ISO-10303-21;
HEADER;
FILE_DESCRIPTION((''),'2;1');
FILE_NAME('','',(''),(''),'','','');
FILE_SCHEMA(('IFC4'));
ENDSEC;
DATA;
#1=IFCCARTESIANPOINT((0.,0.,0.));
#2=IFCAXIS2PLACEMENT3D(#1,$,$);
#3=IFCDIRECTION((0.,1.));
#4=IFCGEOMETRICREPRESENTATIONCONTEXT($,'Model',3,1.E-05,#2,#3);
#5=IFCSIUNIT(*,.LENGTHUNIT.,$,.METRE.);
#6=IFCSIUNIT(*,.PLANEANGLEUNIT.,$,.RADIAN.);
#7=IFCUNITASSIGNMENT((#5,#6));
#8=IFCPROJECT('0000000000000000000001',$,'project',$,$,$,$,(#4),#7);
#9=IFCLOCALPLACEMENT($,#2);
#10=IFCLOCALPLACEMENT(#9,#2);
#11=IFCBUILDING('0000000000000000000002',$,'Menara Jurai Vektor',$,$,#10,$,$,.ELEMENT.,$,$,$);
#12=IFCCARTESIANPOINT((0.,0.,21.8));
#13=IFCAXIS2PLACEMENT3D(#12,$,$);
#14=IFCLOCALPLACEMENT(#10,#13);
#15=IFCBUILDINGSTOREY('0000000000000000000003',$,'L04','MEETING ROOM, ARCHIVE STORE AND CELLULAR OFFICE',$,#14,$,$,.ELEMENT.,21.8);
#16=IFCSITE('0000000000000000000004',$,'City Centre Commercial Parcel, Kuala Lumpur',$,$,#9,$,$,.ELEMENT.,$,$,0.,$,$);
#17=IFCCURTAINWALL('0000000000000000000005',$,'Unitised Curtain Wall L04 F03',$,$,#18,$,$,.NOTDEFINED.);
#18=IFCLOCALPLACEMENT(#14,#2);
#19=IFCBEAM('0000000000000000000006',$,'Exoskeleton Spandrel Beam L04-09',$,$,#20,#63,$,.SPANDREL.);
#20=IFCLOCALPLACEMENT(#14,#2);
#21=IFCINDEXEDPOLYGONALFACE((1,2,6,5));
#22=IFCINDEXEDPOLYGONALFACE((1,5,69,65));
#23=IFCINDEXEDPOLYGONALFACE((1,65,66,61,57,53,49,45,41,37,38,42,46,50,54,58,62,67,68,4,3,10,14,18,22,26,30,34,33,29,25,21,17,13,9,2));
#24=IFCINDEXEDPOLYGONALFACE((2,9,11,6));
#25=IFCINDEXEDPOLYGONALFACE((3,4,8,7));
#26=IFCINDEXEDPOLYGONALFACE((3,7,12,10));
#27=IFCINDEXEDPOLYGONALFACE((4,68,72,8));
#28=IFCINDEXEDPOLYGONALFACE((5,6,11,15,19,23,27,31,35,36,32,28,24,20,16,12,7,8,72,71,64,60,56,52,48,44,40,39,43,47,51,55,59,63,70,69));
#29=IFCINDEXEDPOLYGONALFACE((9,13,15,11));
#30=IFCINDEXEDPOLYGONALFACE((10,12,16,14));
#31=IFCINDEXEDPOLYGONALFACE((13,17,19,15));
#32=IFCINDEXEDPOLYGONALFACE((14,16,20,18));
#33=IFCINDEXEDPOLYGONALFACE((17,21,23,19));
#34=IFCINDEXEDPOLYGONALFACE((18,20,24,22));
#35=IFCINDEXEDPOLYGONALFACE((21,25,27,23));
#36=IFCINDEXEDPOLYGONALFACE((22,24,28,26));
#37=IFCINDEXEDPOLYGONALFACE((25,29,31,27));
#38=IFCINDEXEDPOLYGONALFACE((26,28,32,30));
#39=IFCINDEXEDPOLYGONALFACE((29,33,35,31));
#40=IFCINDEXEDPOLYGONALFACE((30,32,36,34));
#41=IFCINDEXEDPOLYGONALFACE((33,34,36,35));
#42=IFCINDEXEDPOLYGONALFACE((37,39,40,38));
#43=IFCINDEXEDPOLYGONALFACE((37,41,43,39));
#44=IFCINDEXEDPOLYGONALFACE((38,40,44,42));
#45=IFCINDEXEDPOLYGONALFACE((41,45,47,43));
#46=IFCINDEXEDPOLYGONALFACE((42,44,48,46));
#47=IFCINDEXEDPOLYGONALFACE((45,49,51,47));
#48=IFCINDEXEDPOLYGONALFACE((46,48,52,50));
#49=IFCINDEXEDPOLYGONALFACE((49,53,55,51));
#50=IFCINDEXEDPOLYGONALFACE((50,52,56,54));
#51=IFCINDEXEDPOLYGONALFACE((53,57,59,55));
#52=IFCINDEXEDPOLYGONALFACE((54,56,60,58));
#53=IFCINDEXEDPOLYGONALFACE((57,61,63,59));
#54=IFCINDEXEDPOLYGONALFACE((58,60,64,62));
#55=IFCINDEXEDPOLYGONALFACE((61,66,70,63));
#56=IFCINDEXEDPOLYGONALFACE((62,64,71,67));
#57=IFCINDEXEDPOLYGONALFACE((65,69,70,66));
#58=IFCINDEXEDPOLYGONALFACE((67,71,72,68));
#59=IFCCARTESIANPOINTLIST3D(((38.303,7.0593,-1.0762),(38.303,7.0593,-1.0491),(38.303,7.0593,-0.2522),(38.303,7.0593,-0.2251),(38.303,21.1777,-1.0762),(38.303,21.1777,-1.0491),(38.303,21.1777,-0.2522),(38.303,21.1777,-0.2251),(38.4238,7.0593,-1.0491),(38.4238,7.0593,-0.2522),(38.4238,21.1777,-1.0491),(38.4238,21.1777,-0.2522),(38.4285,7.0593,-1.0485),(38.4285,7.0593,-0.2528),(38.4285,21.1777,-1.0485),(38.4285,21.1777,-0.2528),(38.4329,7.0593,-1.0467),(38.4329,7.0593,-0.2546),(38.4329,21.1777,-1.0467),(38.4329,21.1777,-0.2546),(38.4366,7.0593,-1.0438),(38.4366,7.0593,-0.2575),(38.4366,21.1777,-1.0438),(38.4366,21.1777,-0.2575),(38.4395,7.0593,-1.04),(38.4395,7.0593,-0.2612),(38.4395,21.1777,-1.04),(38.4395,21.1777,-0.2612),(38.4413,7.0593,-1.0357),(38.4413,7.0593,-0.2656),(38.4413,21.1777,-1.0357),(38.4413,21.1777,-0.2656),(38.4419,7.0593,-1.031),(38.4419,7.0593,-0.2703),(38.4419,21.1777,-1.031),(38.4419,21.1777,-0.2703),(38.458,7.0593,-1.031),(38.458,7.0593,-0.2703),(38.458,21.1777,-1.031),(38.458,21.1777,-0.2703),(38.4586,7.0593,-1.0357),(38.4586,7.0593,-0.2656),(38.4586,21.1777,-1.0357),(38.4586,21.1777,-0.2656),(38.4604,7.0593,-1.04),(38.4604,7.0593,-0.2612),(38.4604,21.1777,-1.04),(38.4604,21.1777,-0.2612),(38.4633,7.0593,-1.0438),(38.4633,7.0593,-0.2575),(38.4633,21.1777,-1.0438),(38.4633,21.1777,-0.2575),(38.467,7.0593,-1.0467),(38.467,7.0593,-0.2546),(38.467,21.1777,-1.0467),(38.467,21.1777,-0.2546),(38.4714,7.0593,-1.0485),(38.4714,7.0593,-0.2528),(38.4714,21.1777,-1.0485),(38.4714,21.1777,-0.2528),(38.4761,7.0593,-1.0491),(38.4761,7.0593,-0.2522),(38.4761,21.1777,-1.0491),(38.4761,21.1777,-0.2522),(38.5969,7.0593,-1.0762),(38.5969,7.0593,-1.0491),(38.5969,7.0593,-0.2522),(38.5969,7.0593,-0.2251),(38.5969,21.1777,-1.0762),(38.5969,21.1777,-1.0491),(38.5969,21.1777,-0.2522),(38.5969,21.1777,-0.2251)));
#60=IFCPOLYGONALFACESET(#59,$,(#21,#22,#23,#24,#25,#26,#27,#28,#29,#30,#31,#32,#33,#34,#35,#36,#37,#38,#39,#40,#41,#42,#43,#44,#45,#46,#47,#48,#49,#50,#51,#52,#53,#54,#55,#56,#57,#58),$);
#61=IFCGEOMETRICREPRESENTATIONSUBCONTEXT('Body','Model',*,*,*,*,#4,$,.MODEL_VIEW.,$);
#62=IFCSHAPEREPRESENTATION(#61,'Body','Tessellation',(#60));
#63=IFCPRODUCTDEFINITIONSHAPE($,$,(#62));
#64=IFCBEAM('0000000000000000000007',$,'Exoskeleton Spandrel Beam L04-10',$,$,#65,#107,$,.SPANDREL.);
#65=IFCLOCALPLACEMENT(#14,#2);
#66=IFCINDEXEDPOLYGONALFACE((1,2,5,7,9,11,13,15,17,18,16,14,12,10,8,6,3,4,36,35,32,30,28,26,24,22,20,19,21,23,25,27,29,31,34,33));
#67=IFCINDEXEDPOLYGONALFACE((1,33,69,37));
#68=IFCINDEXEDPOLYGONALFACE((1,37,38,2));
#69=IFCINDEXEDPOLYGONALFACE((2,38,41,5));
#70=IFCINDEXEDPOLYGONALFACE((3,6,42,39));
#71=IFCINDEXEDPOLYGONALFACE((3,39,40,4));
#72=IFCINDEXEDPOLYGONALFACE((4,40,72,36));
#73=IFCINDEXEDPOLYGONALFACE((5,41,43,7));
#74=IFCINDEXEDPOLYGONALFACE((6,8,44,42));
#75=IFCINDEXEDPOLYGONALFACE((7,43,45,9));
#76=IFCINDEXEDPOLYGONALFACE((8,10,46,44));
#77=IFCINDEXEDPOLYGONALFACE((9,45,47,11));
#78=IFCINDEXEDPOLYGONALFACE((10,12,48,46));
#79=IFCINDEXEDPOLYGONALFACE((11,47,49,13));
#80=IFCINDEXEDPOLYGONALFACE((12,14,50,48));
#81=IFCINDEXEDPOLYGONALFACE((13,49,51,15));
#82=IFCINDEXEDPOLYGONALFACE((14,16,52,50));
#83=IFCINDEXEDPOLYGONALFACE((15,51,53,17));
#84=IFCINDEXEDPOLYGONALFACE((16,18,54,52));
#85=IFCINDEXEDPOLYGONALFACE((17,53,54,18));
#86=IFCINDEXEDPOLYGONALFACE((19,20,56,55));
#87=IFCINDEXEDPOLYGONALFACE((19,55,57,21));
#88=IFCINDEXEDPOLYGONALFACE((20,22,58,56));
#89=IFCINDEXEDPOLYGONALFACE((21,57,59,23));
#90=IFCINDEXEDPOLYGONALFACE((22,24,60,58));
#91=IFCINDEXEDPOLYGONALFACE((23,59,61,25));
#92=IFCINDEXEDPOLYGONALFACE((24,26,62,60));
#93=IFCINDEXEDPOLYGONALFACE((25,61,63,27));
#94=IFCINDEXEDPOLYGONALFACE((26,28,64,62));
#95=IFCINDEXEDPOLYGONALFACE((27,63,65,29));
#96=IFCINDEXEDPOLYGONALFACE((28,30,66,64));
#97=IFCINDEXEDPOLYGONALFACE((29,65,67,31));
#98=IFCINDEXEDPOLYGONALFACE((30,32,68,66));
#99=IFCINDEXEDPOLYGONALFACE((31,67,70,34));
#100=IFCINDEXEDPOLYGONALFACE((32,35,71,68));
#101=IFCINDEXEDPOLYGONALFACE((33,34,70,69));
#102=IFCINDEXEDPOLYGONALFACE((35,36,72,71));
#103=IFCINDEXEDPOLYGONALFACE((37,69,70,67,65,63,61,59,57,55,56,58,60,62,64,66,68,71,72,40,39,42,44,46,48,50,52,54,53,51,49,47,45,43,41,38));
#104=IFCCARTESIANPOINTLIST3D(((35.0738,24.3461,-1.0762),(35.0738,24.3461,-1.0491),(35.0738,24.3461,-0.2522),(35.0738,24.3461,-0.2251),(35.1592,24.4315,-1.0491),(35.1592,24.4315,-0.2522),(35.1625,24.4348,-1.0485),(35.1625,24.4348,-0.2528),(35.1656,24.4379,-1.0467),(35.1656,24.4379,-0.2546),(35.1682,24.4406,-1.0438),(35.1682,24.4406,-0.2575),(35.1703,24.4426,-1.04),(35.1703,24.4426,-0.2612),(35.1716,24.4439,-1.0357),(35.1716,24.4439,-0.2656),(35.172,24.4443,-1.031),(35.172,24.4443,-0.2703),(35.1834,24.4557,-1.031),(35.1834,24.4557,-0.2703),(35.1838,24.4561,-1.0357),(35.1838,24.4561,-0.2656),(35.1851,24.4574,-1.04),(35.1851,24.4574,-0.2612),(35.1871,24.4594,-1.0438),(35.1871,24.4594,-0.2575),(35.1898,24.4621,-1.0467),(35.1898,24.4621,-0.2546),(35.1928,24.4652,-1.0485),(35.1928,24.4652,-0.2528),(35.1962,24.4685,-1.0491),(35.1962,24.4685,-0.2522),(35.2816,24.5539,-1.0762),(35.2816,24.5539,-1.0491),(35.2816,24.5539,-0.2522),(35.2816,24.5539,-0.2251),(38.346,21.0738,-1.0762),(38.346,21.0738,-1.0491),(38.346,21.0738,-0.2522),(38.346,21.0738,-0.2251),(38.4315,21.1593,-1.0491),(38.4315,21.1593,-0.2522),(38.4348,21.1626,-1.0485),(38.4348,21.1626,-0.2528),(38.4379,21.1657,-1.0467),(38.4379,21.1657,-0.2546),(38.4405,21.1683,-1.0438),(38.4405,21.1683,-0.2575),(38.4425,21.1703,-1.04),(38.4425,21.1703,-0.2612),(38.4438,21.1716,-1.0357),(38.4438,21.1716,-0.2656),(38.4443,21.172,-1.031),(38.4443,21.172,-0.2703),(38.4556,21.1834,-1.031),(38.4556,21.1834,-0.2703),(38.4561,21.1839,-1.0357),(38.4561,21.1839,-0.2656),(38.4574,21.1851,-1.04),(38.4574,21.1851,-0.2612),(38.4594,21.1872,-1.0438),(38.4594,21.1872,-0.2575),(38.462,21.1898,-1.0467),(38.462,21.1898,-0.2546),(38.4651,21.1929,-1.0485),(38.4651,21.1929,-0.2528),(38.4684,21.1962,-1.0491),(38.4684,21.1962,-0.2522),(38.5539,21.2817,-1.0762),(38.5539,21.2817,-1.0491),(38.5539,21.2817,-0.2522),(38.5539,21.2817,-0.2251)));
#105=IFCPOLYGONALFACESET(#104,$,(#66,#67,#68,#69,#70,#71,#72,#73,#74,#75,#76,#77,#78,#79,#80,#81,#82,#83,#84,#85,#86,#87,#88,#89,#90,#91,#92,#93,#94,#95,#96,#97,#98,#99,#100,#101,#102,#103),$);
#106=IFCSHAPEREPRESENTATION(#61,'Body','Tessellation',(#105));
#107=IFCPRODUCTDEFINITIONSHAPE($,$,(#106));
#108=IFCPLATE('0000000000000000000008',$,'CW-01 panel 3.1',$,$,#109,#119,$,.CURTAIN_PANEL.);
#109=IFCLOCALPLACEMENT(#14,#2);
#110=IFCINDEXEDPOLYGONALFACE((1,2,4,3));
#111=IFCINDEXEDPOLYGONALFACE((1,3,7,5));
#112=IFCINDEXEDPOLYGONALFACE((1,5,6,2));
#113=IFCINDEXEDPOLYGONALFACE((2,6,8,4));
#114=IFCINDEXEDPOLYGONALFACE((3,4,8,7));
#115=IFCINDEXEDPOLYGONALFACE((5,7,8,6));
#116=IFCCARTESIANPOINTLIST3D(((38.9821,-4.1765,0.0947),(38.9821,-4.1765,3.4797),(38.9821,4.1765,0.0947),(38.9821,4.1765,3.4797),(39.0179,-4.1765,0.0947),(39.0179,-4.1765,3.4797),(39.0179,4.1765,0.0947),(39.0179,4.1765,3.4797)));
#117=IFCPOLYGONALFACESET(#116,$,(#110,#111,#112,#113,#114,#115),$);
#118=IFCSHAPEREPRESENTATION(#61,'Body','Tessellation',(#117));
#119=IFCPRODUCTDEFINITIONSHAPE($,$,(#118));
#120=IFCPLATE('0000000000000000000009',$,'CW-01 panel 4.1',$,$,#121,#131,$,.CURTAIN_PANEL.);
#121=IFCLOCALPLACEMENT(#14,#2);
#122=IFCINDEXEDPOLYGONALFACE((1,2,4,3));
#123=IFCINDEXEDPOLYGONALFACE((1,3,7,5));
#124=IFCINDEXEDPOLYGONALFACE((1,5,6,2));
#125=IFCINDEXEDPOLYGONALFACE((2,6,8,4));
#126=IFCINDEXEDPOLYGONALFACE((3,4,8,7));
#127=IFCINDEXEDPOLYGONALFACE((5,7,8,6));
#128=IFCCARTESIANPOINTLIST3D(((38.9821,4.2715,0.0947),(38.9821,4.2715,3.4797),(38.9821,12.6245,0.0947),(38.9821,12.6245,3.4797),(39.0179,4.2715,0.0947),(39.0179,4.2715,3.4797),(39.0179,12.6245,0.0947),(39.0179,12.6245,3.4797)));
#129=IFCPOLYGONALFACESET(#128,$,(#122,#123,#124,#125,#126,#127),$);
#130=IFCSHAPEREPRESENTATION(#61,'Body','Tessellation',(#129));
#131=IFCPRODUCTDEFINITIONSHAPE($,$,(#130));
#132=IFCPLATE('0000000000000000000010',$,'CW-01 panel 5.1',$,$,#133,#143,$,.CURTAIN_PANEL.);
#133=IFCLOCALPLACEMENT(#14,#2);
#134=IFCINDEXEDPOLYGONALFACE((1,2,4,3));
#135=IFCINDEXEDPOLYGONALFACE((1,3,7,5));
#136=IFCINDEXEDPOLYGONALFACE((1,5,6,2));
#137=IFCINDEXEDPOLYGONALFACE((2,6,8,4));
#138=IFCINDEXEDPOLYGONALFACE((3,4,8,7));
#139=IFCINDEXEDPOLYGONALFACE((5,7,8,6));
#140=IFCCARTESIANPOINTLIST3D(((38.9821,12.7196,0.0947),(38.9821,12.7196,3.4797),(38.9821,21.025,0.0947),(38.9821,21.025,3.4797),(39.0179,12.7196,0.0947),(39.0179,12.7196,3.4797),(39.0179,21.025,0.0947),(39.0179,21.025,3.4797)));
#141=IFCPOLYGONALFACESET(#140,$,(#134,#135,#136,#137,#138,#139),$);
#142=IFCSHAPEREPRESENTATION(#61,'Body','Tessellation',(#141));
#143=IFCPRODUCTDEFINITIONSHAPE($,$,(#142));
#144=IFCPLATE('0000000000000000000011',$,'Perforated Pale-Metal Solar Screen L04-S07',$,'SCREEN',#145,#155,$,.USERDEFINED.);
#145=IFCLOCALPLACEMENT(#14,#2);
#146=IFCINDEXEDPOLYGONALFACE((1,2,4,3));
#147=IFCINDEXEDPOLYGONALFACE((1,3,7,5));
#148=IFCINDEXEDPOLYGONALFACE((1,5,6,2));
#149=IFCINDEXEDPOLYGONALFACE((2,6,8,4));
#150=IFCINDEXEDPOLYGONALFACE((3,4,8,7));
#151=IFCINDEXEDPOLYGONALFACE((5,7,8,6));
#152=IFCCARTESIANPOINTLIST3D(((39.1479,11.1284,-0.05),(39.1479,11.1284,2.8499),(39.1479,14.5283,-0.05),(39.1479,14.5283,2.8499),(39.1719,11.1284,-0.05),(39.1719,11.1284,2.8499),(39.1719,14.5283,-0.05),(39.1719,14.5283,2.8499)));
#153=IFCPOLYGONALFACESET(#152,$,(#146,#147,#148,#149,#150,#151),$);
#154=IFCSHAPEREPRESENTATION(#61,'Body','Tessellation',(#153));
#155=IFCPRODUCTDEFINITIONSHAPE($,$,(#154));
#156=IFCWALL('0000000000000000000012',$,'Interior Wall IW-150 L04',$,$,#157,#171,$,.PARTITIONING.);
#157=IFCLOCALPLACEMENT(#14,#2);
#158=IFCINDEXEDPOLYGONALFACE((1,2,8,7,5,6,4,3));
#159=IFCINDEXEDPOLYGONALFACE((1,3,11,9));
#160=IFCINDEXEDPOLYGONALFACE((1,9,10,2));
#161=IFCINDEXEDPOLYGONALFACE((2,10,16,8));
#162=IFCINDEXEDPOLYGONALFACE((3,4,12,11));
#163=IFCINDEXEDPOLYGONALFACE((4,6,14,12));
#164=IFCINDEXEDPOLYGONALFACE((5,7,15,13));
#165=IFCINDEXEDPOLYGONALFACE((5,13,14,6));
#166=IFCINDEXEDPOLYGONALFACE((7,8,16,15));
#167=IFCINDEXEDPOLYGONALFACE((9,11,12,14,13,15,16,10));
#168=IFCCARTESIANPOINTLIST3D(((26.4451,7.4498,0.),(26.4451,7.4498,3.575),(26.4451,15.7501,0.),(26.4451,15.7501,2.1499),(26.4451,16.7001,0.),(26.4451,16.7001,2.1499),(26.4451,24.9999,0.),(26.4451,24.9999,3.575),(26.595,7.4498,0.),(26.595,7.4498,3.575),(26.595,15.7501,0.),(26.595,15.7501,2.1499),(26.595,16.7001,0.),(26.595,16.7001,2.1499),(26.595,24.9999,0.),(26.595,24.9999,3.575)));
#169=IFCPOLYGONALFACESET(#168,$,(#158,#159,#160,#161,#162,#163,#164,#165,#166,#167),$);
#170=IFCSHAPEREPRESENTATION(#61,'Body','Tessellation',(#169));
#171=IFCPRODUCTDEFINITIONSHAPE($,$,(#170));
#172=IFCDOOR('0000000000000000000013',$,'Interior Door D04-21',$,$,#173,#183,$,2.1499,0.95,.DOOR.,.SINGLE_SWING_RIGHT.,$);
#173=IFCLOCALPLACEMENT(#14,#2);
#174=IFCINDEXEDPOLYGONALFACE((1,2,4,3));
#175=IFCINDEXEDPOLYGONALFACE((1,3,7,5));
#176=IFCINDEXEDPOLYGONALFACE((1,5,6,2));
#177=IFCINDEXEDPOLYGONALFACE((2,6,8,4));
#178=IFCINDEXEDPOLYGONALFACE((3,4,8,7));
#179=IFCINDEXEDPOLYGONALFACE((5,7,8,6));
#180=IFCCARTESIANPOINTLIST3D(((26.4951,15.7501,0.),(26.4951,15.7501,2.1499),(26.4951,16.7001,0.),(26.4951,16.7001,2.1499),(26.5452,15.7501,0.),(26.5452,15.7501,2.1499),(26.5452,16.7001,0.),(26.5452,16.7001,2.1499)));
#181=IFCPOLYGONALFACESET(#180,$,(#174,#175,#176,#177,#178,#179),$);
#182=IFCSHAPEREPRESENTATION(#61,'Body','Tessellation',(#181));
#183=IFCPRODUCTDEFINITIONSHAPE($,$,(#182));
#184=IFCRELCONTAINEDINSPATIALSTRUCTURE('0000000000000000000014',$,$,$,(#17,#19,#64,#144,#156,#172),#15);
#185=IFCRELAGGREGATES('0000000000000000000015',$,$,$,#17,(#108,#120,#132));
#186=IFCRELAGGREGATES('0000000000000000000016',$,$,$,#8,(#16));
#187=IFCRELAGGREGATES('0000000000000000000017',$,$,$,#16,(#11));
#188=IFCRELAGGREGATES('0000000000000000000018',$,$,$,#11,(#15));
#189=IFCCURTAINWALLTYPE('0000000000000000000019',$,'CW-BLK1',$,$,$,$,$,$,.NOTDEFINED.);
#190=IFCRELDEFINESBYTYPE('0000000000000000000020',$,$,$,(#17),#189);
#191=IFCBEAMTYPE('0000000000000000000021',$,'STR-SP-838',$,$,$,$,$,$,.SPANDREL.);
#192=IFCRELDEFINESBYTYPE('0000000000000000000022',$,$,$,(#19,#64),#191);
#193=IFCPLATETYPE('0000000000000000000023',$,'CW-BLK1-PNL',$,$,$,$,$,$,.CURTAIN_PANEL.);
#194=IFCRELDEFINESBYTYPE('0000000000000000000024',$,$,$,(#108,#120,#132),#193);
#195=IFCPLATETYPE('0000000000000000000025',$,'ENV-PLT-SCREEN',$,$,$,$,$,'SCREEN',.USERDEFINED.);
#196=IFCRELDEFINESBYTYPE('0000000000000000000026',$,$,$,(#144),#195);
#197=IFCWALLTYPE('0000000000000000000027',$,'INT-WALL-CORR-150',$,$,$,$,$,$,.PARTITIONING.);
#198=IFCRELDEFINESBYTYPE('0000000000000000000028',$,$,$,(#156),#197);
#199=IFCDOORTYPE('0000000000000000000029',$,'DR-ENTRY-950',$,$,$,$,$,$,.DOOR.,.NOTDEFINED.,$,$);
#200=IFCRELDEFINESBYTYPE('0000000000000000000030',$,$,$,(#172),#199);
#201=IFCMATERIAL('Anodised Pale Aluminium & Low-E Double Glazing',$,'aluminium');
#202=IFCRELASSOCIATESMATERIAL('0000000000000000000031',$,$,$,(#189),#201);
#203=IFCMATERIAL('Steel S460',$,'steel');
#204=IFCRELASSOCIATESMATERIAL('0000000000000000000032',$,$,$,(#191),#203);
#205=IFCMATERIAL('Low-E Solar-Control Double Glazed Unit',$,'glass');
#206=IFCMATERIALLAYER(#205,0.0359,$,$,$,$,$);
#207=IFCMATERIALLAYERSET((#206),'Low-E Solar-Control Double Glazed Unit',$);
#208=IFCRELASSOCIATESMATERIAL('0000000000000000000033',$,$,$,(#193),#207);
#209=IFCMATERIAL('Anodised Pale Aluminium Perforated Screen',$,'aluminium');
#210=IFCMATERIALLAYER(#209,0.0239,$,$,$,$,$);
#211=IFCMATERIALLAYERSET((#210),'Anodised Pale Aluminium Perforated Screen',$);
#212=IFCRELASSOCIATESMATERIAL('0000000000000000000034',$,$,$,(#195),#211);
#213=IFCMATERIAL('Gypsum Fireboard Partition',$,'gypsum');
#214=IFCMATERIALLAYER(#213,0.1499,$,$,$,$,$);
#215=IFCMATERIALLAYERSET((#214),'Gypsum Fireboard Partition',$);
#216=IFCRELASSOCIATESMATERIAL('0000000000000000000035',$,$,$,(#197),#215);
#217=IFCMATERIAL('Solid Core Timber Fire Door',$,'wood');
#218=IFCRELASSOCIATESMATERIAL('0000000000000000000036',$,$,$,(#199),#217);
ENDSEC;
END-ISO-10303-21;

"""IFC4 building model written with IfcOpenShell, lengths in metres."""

from ifc_helpers import new_model, si_unit, direction, frame, frame_2d, origin, origin_2d, place, context, subcontext, project, spatial, rectangle, i_section, extrude, material, layer, layer_set, material_profile, profile_set, type_object, element, fill, aggregate, save


model = new_model("IFC4")

# Units and contexts
model_context = context("Model", 3, precision=1e-05, world=origin(), true_north=direction((0.0, 1.0)))
body_context = subcontext(model_context, "Body", "Model", "MODEL_VIEW")
ifc_project = project(units=[si_unit("LENGTHUNIT", "METRE"), si_unit("PLANEANGLEUNIT", "RADIAN")], contexts=[model_context])

# Site, building, storey
site_placement = place(None, origin())
site = spatial("IfcSite", under=ifc_project, at=site_placement, Name="City Centre Commercial Parcel, Kuala Lumpur", CompositionType="ELEMENT", RefElevation=0.0)
building_placement = place(site_placement, origin())
building = spatial("IfcBuilding", under=site, at=building_placement, Name="Menara Jurai Vektor", CompositionType="ELEMENT")
storey_placement = place(building_placement, frame((0.0, 0.0, 21.8)))
storey = spatial("IfcBuildingStorey", under=building, at=storey_placement, Name="L04", Description="MEETING ROOM, ARCHIVE STORE AND CELLULAR OFFICE", CompositionType="ELEMENT", Elevation=21.8)

# Shared definitions
ifc_material_1 = material(Name="Steel S460", Category="steel")

# Curtain wall
ifc_material_2 = material(Name="Anodised Pale Aluminium & Low-E Double Glazing", Category="aluminium")
curtain_wall_type = type_object("IfcCurtainWallType", Name="CW-BLK1", PredefinedType="NOTDEFINED", material=ifc_material_2)
curtain_wall_placement = place(storey_placement, origin())
curtain_wall = element("IfcCurtainWall", 1, at=curtain_wall_placement, inside=storey, type_object=curtain_wall_type, Name="Unitised Curtain Wall L04 F03", PredefinedType="NOTDEFINED")

# Beams
ifc_material_profile_1 = material_profile(ifc_material_1, i_section(OverallWidth=0.2939, OverallDepth=0.8511, WebThickness=0.0161, FlangeThickness=0.0271, FilletRadius=0.0181, at=origin_2d()), Name="UKB 838x292x226")
ifc_profile_set_1 = profile_set([ifc_material_profile_1], Name="Steel S460")
beam_type_1 = type_object("IfcBeamType", Name="STR-SP-838", PredefinedType="SPANDREL", material=ifc_profile_set_1)
beam_1_placement = place(storey_placement, frame((38.45, 7.0593, -0.6506), z_axis=(0.0, 1.0, 0.0), x_axis=(-1.0, 0.0, 0.0)))
element("IfcBeam", 2, at=beam_1_placement, inside=storey, type_object=beam_type_1, Name="Exoskeleton Spandrel Beam L04-09", PredefinedType="SPANDREL", context=body_context, shape_type="SweptSolid", body=[
    extrude(i_section(OverallWidth=0.2939, OverallDepth=0.8511, WebThickness=0.0161, FlangeThickness=0.0271, FilletRadius=0.0181, at=origin_2d()), origin(), (0.0, 0.0, 1.0), 14.1184),
])
beam_2_placement = place(storey_placement, frame((38.45, 21.1777, -0.6506), z_axis=(-0.707107, 0.707107, 0.0), x_axis=(-0.707107, -0.707107, 0.0)))
element("IfcBeam", 3, at=beam_2_placement, inside=storey, type_object=beam_type_1, Name="Exoskeleton Spandrel Beam L04-10", PredefinedType="SPANDREL", context=body_context, shape_type="SweptSolid", body=[
    extrude(i_section(OverallWidth=0.2939, OverallDepth=0.8511, WebThickness=0.0161, FlangeThickness=0.0271, FilletRadius=0.0181, at=origin_2d()), origin(), (0.0, 0.0, 1.0), 4.6277),
])

# Plates
ifc_material_3 = material(Name="Low-E Solar-Control Double Glazed Unit", Category="glass")
ifc_layer_1 = layer(ifc_material_3, 0.0359)
ifc_layer_set_1 = layer_set([ifc_layer_1], Name="Low-E Solar-Control Double Glazed Unit")
plate_type_1 = type_object("IfcPlateType", Name="CW-BLK1-PNL", PredefinedType="CURTAIN_PANEL", material=ifc_layer_set_1)
plate_1_placement = place(storey_placement, frame((39.0, 0.0, 0.0947), z_axis=(0.0, 0.0, 1.0), x_axis=(0.0, 1.0, 0.0)))
plate_1 = element("IfcPlate", 4, at=plate_1_placement, type_object=plate_type_1, Name="CW-01 panel 3.1", PredefinedType="CURTAIN_PANEL", context=body_context, shape_type="SweptSolid", body=[
    extrude(rectangle(XDim=8.353, YDim=0.0359, at=origin_2d()), origin(), (0.0, 0.0, 1.0), 3.385),
])
plate_2_placement = place(storey_placement, frame((39.0, 8.448, 0.0947), z_axis=(0.0, 0.0, 1.0), x_axis=(0.0, 1.0, 0.0)))
plate_2 = element("IfcPlate", 5, at=plate_2_placement, type_object=plate_type_1, Name="CW-01 panel 4.1", PredefinedType="CURTAIN_PANEL", context=body_context, shape_type="SweptSolid", body=[
    extrude(rectangle(XDim=8.353, YDim=0.0359, at=origin_2d()), origin(), (0.0, 0.0, 1.0), 3.385),
])
plate_3_placement = place(storey_placement, frame((39.0, 16.8723, 0.0947), z_axis=(0.0, 0.0, 1.0), x_axis=(0.0, 1.0, 0.0)))
plate_3 = element("IfcPlate", 6, at=plate_3_placement, type_object=plate_type_1, Name="CW-01 panel 5.1", PredefinedType="CURTAIN_PANEL", context=body_context, shape_type="SweptSolid", body=[
    extrude(rectangle(XDim=8.3054, YDim=0.0359, at=origin_2d()), origin(), (0.0, 0.0, 1.0), 3.385),
])
aggregate(curtain_wall, [plate_1, plate_2, plate_3])
ifc_material_4 = material(Name="Anodised Pale Aluminium Perforated Screen", Category="aluminium")
ifc_layer_2 = layer(ifc_material_4, 0.0239)
ifc_layer_set_2 = layer_set([ifc_layer_2], Name="Anodised Pale Aluminium Perforated Screen")
plate_type_2 = type_object("IfcPlateType", Name="ENV-PLT-SCREEN", ElementType="SCREEN", PredefinedType="USERDEFINED", material=ifc_layer_set_2)
plate_4_placement = place(storey_placement, frame((39.1599, 12.8284, -0.05), z_axis=(0.0, 0.0, 1.0), x_axis=(0.0, 1.0, 0.0)))
element("IfcPlate", 7, at=plate_4_placement, inside=storey, type_object=plate_type_2, Name="Perforated Pale-Metal Solar Screen L04-S07", ObjectType="SCREEN", PredefinedType="USERDEFINED", context=body_context, shape_type="SweptSolid", body=[
    extrude(rectangle(XDim=3.3999, YDim=0.0239, at=origin_2d()), origin(), (0.0, 0.0, 1.0), 2.8999),
])

# Wall, opening, door
ifc_material_5 = material(Name="Gypsum Fireboard Partition", Category="gypsum")
ifc_layer_3 = layer(ifc_material_5, 0.1499)
ifc_layer_set_3 = layer_set([ifc_layer_3], Name="Gypsum Fireboard Partition")
wall_type = type_object("IfcWallType", Name="INT-WALL-CORR-150", PredefinedType="PARTITIONING", material=ifc_layer_set_3)
wall_1_placement = place(storey_placement, frame((26.52, 7.45, 0.0), z_axis=(0.0, 0.0, 1.0), x_axis=(0.0, 1.0, 0.0)))
wall_1 = element("IfcWall", 8, at=wall_1_placement, inside=storey, type_object=wall_type, Name="Interior Wall IW-150 L04", PredefinedType="PARTITIONING", context=body_context, shape_type="SweptSolid", body=[
    extrude(rectangle(XDim=17.55, YDim=0.1499, at=frame_2d((8.7749, 0.0))), origin(), (0.0, 0.0, 1.0), 3.575),
])
opening_placement = place(wall_1_placement, frame((8.3, 0.0, 0.0)))
opening = element("IfcOpeningElement", 9, at=opening_placement, cuts=wall_1, PredefinedType="OPENING", context=body_context, shape_type="SweptSolid", body=[
    extrude(rectangle(XDim=0.95, YDim=2.1499, at=frame_2d((0.4751, 1.075))), frame((0.0, 0.085, 0.0), z_axis=(0.0, -1.0, 0.0), x_axis=(1.0, 0.0, 0.0)), (0.0, 0.0, 1.0), 0.1699),
])
ifc_material_6 = material(Name="Solid Core Timber Fire Door", Category="wood")
door_type = type_object("IfcDoorType", Name="DR-ENTRY-950", OperationType="NOTDEFINED", PredefinedType="DOOR", material=ifc_material_6)
door_placement = place(opening_placement, origin())
door = element("IfcDoor", 10, at=door_placement, inside=storey, type_object=door_type, Name="Interior Door D04-21", OperationType="SINGLE_SWING_RIGHT", OverallHeight=2.1499, OverallWidth=0.95, PredefinedType="DOOR", context=body_context, shape_type="SweptSolid", body=[
    extrude(rectangle(XDim=0.95, YDim=2.1499, at=frame_2d((0.4751, 1.075))), frame((0.0, 0.0249, 0.0), z_axis=(0.0, -1.0, 0.0), x_axis=(1.0, 0.0, 0.0)), (0.0, 0.0, 1.0), 0.05),
])
fill(opening, door)

save(model, "model.ifc")
